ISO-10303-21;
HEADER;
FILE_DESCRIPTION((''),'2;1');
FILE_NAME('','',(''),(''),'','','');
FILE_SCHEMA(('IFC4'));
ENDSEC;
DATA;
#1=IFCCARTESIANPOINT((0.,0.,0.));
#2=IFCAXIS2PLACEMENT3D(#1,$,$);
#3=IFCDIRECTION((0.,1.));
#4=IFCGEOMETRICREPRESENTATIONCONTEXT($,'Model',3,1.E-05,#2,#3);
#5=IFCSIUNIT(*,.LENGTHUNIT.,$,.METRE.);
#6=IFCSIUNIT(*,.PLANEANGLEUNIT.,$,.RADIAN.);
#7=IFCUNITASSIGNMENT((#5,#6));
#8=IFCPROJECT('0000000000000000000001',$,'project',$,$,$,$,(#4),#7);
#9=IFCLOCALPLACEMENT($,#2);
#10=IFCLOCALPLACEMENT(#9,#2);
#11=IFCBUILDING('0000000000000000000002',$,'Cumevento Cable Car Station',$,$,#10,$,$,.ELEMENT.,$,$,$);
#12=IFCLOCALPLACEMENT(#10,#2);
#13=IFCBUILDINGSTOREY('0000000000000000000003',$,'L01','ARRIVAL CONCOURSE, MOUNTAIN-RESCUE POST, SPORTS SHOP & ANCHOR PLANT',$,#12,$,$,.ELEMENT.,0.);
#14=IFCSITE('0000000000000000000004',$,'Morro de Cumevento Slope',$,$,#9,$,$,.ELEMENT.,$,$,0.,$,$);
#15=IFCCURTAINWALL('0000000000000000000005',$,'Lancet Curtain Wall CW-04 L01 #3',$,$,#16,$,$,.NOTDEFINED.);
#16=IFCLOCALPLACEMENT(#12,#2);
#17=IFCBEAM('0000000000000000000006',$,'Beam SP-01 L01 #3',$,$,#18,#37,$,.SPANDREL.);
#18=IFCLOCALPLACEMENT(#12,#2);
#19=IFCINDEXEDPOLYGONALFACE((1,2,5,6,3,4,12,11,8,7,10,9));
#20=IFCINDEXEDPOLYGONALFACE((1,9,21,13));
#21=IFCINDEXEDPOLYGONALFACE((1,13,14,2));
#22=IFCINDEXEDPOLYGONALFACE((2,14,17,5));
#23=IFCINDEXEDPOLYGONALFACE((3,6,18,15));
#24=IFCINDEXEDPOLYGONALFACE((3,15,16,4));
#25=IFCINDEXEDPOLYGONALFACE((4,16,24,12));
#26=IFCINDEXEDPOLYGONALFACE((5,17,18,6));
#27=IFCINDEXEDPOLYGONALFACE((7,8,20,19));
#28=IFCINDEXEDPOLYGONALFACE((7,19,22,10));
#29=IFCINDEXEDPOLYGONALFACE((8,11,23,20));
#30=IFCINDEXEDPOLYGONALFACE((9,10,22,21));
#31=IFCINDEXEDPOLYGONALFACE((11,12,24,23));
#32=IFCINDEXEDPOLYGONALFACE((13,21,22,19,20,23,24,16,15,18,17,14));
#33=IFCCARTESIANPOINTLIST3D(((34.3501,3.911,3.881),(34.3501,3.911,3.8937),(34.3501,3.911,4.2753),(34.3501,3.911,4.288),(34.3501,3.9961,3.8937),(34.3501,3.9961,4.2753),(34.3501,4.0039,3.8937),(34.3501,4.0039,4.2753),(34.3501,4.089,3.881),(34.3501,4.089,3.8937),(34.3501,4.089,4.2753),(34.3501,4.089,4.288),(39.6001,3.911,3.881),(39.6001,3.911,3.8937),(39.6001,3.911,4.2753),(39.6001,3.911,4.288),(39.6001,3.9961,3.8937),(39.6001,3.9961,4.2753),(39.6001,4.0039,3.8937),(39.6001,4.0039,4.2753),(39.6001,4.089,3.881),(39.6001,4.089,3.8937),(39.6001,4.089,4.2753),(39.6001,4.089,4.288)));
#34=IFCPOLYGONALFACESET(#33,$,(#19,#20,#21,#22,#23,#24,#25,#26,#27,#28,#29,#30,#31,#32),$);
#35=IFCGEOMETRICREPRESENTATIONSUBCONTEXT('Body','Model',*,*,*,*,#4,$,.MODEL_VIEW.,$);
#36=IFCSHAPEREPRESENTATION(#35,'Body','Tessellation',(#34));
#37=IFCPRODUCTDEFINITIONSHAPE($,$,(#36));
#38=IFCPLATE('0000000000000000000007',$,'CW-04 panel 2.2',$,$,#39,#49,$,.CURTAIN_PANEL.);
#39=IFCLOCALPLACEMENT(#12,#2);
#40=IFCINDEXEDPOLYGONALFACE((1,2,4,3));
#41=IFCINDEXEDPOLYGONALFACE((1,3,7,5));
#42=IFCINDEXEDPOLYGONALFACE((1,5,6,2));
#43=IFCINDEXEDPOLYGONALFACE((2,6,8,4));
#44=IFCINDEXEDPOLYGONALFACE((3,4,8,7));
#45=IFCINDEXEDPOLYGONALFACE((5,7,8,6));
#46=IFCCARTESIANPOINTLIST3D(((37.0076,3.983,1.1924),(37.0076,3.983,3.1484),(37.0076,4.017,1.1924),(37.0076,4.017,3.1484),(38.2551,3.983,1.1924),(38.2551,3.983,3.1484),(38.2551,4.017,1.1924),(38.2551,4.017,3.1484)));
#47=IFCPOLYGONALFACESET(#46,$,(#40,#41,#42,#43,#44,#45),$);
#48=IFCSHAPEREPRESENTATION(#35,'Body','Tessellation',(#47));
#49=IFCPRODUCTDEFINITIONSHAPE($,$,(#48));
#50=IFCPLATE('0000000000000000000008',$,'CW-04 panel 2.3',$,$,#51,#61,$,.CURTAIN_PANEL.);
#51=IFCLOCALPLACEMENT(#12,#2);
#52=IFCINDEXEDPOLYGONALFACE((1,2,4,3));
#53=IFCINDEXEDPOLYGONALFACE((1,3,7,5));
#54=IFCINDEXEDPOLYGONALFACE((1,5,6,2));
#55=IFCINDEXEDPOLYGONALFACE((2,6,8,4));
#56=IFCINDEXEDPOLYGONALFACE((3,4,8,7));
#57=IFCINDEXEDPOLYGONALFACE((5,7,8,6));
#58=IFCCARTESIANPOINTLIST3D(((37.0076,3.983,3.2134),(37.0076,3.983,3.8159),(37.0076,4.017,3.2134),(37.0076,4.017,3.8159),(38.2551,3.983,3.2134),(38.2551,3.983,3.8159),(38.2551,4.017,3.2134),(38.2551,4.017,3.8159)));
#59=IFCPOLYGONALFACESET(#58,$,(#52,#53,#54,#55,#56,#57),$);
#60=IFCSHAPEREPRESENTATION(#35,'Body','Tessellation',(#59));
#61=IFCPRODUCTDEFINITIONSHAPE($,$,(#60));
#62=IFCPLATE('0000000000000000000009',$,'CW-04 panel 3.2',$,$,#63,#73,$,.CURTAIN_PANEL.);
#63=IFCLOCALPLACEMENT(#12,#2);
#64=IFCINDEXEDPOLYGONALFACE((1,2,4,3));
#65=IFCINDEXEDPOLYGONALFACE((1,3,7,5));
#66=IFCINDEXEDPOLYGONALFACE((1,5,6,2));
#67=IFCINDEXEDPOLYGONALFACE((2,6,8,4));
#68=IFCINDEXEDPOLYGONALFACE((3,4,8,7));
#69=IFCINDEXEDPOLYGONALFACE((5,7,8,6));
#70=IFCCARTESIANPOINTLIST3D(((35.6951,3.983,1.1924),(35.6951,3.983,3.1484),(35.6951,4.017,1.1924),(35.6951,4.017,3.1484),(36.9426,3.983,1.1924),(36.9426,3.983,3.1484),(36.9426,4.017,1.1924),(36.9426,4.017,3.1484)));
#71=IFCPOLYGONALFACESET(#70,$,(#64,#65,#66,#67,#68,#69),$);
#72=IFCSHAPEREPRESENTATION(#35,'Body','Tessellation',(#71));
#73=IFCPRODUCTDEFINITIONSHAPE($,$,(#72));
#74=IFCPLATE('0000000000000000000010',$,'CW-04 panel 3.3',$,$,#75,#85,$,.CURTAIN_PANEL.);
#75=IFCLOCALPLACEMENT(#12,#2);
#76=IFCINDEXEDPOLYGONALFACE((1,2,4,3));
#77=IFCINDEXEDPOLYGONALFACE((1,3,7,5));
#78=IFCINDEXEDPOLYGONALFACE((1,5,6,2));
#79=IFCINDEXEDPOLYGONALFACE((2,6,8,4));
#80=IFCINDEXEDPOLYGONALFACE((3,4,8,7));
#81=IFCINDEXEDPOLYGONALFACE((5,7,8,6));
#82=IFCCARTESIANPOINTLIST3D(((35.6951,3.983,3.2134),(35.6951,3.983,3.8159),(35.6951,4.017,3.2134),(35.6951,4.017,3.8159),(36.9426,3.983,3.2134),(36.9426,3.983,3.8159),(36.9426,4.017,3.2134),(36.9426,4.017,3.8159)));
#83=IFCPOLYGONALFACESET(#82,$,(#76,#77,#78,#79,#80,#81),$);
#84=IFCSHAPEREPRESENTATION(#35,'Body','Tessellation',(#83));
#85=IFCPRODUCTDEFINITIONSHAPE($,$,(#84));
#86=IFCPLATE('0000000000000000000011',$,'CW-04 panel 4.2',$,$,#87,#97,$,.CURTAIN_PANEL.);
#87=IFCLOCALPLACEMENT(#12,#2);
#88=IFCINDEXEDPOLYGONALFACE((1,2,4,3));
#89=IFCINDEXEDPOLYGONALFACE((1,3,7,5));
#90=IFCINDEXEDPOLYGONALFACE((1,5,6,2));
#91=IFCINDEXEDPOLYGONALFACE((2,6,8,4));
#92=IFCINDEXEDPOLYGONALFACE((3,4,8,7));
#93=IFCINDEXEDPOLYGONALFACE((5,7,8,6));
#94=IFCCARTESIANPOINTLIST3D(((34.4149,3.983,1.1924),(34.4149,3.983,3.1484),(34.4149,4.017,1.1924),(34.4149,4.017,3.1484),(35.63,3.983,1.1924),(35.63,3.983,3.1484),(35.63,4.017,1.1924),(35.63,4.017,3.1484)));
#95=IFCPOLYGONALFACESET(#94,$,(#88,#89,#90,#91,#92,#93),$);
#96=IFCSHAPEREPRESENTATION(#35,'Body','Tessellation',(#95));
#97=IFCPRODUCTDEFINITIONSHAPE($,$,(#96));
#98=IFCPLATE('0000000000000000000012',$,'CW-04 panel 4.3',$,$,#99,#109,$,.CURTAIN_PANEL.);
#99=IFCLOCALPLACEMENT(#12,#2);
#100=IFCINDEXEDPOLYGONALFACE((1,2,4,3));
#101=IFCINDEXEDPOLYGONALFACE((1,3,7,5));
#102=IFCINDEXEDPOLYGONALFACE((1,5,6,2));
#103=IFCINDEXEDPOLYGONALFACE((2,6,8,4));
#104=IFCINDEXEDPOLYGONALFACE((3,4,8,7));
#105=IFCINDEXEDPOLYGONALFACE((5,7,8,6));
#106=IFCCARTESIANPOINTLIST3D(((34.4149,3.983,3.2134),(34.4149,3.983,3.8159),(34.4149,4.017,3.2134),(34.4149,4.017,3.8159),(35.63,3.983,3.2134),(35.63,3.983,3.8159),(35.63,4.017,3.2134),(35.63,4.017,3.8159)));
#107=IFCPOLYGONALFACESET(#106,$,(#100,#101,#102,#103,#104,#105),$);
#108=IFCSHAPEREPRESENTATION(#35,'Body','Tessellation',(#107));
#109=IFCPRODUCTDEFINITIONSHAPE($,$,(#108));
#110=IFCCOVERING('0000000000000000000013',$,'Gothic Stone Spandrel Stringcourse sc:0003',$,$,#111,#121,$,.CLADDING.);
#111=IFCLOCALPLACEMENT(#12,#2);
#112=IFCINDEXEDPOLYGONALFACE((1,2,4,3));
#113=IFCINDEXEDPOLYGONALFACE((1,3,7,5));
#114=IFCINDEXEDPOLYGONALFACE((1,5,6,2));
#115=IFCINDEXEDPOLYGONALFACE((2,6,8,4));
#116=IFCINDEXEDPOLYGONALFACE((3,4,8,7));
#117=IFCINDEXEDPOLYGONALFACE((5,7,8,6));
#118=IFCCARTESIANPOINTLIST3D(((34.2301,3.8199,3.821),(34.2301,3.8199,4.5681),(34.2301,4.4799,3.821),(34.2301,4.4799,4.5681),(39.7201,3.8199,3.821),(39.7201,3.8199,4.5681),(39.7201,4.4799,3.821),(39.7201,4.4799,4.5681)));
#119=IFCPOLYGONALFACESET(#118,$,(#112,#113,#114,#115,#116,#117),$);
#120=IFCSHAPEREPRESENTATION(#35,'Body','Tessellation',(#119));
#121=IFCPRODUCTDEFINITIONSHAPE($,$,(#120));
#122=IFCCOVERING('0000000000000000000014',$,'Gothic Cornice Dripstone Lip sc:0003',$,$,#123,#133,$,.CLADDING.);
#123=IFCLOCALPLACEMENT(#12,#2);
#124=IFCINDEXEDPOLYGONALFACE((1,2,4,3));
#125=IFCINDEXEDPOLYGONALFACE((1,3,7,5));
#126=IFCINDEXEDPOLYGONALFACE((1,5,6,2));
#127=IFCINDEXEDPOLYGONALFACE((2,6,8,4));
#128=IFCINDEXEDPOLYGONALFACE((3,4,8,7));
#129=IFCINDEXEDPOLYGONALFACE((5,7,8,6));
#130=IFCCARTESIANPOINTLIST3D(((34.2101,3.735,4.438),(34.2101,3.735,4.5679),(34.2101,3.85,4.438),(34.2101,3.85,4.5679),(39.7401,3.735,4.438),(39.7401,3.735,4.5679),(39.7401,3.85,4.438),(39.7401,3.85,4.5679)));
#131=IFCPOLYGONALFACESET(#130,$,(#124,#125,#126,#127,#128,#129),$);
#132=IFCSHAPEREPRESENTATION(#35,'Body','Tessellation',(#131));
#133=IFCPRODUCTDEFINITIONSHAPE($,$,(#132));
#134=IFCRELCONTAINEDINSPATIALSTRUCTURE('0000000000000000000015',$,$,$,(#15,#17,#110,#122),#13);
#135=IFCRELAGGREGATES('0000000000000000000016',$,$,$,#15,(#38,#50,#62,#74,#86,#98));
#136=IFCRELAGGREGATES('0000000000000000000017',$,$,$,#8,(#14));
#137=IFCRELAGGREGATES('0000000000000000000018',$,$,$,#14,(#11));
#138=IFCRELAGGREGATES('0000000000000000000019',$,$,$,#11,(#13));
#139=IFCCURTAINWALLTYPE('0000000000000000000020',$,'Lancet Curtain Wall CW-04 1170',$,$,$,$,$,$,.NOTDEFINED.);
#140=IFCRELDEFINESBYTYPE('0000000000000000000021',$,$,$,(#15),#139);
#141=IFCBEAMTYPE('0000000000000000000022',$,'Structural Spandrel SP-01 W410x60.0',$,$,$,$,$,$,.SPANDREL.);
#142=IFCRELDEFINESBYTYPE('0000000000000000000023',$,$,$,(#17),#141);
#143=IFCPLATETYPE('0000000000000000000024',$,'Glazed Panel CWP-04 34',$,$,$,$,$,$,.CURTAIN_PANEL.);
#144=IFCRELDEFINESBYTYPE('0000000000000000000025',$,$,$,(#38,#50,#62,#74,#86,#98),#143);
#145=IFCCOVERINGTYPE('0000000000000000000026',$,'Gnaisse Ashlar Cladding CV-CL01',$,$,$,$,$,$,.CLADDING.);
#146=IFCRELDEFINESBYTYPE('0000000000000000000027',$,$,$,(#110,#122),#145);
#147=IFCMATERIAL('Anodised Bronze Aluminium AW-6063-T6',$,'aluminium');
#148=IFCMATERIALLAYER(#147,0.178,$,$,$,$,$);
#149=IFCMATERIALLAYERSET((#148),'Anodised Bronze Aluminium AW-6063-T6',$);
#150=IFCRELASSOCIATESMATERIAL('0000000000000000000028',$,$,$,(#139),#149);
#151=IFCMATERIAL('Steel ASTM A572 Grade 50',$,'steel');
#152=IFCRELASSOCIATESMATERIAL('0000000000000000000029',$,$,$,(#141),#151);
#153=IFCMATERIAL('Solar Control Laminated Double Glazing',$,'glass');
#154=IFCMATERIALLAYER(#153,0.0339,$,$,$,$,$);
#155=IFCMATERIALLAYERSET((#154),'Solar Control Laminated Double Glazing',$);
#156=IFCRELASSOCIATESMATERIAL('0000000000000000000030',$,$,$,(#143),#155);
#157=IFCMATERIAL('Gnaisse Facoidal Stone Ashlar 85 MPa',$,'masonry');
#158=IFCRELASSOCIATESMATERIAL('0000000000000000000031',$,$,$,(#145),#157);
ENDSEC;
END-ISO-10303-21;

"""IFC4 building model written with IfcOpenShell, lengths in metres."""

from ifc_helpers import new_model, si_unit, direction, frame, origin, origin_2d, place, context, subcontext, project, spatial, rectangle, i_section, extrude, material, layer, layer_set, material_profile, profile_set, type_object, element, aggregate, save


model = new_model("IFC4")

# Units and contexts
model_context = context("Model", 3, precision=1e-05, world=origin(), true_north=direction((0.0, 1.0)))
body_context = subcontext(model_context, "Body", "Model", "MODEL_VIEW")
ifc_project = project(units=[si_unit("LENGTHUNIT", "METRE"), si_unit("PLANEANGLEUNIT", "RADIAN")], contexts=[model_context])

# Site, building, storey
site_placement = place(None, origin())
site = spatial("IfcSite", under=ifc_project, at=site_placement, Name="Morro de Cumevento Slope", CompositionType="ELEMENT", RefElevation=0.0)
building_placement = place(site_placement, origin())
building = spatial("IfcBuilding", under=site, at=building_placement, Name="Cumevento Cable Car Station", CompositionType="ELEMENT")
storey_placement = place(building_placement, origin())
storey = spatial("IfcBuildingStorey", under=building, at=storey_placement, Name="L01", Description="ARRIVAL CONCOURSE, MOUNTAIN-RESCUE POST, SPORTS SHOP & ANCHOR PLANT", CompositionType="ELEMENT", Elevation=0.0)

# Curtain wall
ifc_material_1 = material(Name="Anodised Bronze Aluminium AW-6063-T6", Category="aluminium")
ifc_layer_1 = layer(ifc_material_1, 0.178)
ifc_layer_set_1 = layer_set([ifc_layer_1], Name="Anodised Bronze Aluminium AW-6063-T6")
curtain_wall_type = type_object("IfcCurtainWallType", Name="Lancet Curtain Wall CW-04 1170", PredefinedType="NOTDEFINED", material=ifc_layer_set_1)
curtain_wall_placement = place(storey_placement, origin())
curtain_wall = element("IfcCurtainWall", 1, at=curtain_wall_placement, inside=storey, type_object=curtain_wall_type, Name="Lancet Curtain Wall CW-04 L01 #3", PredefinedType="NOTDEFINED")

# Beam
ifc_material_2 = material(Name="Steel ASTM A572 Grade 50", Category="steel")
ifc_material_profile_1 = material_profile(ifc_material_2, i_section(OverallWidth=0.178, OverallDepth=0.407, WebThickness=0.0078, FlangeThickness=0.0127, at=origin_2d()), Name="W410x60.0")
ifc_profile_set_1 = profile_set([ifc_material_profile_1], Name="Steel ASTM A572 Grade 50")
beam_type_1 = type_object("IfcBeamType", Name="Structural Spandrel SP-01 W410x60.0", PredefinedType="SPANDREL", material=ifc_profile_set_1)
beam_1_placement = place(storey_placement, frame((34.3501, 4.0, 4.0845), z_axis=(1.0, 0.0, 0.0), x_axis=(0.0, 1.0, 0.0)))
element("IfcBeam", 2, at=beam_1_placement, inside=storey, type_object=beam_type_1, Name="Beam SP-01 L01 #3", PredefinedType="SPANDREL", context=body_context, shape_type="SweptSolid", body=[
    extrude(i_section(OverallWidth=0.178, OverallDepth=0.407, WebThickness=0.0078, FlangeThickness=0.0127, at=origin_2d()), origin(), (0.0, 0.0, 1.0), 5.25),
])

# Plates
ifc_material_3 = material(Name="Solar Control Laminated Double Glazing", Category="glass")
ifc_layer_2 = layer(ifc_material_3, 0.0339)
ifc_layer_set_2 = layer_set([ifc_layer_2], Name="Solar Control Laminated Double Glazing")
plate_type = type_object("IfcPlateType", Name="Glazed Panel CWP-04 34", PredefinedType="CURTAIN_PANEL", material=ifc_layer_set_2)
plate_1_placement = place(storey_placement, frame((37.6313, 4.0, 1.1924), z_axis=(0.0, 0.0, 1.0), x_axis=(-1.0, 0.0, 0.0)))
plate_1 = element("IfcPlate", 3, at=plate_1_placement, type_object=plate_type, Name="CW-04 panel 2.2", PredefinedType="CURTAIN_PANEL", context=body_context, shape_type="SweptSolid", body=[
    extrude(rectangle(XDim=1.2476, YDim=0.0339, at=origin_2d()), origin(), (0.0, 0.0, 1.0), 1.9561),
])
plate_2_placement = place(storey_placement, frame((37.6313, 4.0, 3.2134), z_axis=(0.0, 0.0, 1.0), x_axis=(-1.0, 0.0, 0.0)))
plate_2 = element("IfcPlate", 4, at=plate_2_placement, type_object=plate_type, Name="CW-04 panel 2.3", PredefinedType="CURTAIN_PANEL", context=body_context, shape_type="SweptSolid", body=[
    extrude(rectangle(XDim=1.2476, YDim=0.0339, at=origin_2d()), origin(), (0.0, 0.0, 1.0), 0.6025),
])
plate_3_placement = place(storey_placement, frame((36.3188, 4.0, 1.1924), z_axis=(0.0, 0.0, 1.0), x_axis=(-1.0, 0.0, 0.0)))
plate_3 = element("IfcPlate", 5, at=plate_3_placement, type_object=plate_type, Name="CW-04 panel 3.2", PredefinedType="CURTAIN_PANEL", context=body_context, shape_type="SweptSolid", body=[
    extrude(rectangle(XDim=1.2476, YDim=0.0339, at=origin_2d()), origin(), (0.0, 0.0, 1.0), 1.9561),
])
plate_4_placement = place(storey_placement, frame((36.3188, 4.0, 3.2134), z_axis=(0.0, 0.0, 1.0), x_axis=(-1.0, 0.0, 0.0)))
plate_4 = element("IfcPlate", 6, at=plate_4_placement, type_object=plate_type, Name="CW-04 panel 3.3", PredefinedType="CURTAIN_PANEL", context=body_context, shape_type="SweptSolid", body=[
    extrude(rectangle(XDim=1.2476, YDim=0.0339, at=origin_2d()), origin(), (0.0, 0.0, 1.0), 0.6025),
])
plate_5_placement = place(storey_placement, frame((35.0225, 4.0, 1.1924), z_axis=(0.0, 0.0, 1.0), x_axis=(-1.0, 0.0, 0.0)))
plate_5 = element("IfcPlate", 7, at=plate_5_placement, type_object=plate_type, Name="CW-04 panel 4.2", PredefinedType="CURTAIN_PANEL", context=body_context, shape_type="SweptSolid", body=[
    extrude(rectangle(XDim=1.2151, YDim=0.0339, at=origin_2d()), origin(), (0.0, 0.0, 1.0), 1.9561),
])
plate_6_placement = place(storey_placement, frame((35.0225, 4.0, 3.2134), z_axis=(0.0, 0.0, 1.0), x_axis=(-1.0, 0.0, 0.0)))
plate_6 = element("IfcPlate", 8, at=plate_6_placement, type_object=plate_type, Name="CW-04 panel 4.3", PredefinedType="CURTAIN_PANEL", context=body_context, shape_type="SweptSolid", body=[
    extrude(rectangle(XDim=1.2151, YDim=0.0339, at=origin_2d()), origin(), (0.0, 0.0, 1.0), 0.6025),
])
aggregate(curtain_wall, [plate_1, plate_2, plate_3, plate_4, plate_5, plate_6])

# Coverings
ifc_material_4 = material(Name="Gnaisse Facoidal Stone Ashlar 85 MPa", Category="masonry")
covering_type = type_object("IfcCoveringType", Name="Gnaisse Ashlar Cladding CV-CL01", PredefinedType="CLADDING", material=ifc_material_4)
covering_1_placement = place(storey_placement, frame((36.9751, 4.1499, 3.821), z_axis=(0.0, 0.0, 1.0), x_axis=(-1.0, 0.0, 0.0)))
element("IfcCovering", 9, at=covering_1_placement, inside=storey, type_object=covering_type, Name="Gothic Stone Spandrel Stringcourse sc:0003", PredefinedType="CLADDING", context=body_context, shape_type="SweptSolid", body=[
    extrude(rectangle(XDim=5.49, YDim=0.6599, at=origin_2d()), origin(), (0.0, 0.0, 1.0), 0.7471),
])
covering_2_placement = place(storey_placement, frame((36.9751, 3.7925, 4.438), z_axis=(0.0, 0.0, 1.0), x_axis=(-1.0, 0.0, 0.0)))
element("IfcCovering", 10, at=covering_2_placement, inside=storey, type_object=covering_type, Name="Gothic Cornice Dripstone Lip sc:0003", PredefinedType="CLADDING", context=body_context, shape_type="SweptSolid", body=[
    extrude(rectangle(XDim=5.53, YDim=0.115, at=origin_2d()), origin(), (0.0, 0.0, 1.0), 0.1299),
])

save(model, "model.ifc")
